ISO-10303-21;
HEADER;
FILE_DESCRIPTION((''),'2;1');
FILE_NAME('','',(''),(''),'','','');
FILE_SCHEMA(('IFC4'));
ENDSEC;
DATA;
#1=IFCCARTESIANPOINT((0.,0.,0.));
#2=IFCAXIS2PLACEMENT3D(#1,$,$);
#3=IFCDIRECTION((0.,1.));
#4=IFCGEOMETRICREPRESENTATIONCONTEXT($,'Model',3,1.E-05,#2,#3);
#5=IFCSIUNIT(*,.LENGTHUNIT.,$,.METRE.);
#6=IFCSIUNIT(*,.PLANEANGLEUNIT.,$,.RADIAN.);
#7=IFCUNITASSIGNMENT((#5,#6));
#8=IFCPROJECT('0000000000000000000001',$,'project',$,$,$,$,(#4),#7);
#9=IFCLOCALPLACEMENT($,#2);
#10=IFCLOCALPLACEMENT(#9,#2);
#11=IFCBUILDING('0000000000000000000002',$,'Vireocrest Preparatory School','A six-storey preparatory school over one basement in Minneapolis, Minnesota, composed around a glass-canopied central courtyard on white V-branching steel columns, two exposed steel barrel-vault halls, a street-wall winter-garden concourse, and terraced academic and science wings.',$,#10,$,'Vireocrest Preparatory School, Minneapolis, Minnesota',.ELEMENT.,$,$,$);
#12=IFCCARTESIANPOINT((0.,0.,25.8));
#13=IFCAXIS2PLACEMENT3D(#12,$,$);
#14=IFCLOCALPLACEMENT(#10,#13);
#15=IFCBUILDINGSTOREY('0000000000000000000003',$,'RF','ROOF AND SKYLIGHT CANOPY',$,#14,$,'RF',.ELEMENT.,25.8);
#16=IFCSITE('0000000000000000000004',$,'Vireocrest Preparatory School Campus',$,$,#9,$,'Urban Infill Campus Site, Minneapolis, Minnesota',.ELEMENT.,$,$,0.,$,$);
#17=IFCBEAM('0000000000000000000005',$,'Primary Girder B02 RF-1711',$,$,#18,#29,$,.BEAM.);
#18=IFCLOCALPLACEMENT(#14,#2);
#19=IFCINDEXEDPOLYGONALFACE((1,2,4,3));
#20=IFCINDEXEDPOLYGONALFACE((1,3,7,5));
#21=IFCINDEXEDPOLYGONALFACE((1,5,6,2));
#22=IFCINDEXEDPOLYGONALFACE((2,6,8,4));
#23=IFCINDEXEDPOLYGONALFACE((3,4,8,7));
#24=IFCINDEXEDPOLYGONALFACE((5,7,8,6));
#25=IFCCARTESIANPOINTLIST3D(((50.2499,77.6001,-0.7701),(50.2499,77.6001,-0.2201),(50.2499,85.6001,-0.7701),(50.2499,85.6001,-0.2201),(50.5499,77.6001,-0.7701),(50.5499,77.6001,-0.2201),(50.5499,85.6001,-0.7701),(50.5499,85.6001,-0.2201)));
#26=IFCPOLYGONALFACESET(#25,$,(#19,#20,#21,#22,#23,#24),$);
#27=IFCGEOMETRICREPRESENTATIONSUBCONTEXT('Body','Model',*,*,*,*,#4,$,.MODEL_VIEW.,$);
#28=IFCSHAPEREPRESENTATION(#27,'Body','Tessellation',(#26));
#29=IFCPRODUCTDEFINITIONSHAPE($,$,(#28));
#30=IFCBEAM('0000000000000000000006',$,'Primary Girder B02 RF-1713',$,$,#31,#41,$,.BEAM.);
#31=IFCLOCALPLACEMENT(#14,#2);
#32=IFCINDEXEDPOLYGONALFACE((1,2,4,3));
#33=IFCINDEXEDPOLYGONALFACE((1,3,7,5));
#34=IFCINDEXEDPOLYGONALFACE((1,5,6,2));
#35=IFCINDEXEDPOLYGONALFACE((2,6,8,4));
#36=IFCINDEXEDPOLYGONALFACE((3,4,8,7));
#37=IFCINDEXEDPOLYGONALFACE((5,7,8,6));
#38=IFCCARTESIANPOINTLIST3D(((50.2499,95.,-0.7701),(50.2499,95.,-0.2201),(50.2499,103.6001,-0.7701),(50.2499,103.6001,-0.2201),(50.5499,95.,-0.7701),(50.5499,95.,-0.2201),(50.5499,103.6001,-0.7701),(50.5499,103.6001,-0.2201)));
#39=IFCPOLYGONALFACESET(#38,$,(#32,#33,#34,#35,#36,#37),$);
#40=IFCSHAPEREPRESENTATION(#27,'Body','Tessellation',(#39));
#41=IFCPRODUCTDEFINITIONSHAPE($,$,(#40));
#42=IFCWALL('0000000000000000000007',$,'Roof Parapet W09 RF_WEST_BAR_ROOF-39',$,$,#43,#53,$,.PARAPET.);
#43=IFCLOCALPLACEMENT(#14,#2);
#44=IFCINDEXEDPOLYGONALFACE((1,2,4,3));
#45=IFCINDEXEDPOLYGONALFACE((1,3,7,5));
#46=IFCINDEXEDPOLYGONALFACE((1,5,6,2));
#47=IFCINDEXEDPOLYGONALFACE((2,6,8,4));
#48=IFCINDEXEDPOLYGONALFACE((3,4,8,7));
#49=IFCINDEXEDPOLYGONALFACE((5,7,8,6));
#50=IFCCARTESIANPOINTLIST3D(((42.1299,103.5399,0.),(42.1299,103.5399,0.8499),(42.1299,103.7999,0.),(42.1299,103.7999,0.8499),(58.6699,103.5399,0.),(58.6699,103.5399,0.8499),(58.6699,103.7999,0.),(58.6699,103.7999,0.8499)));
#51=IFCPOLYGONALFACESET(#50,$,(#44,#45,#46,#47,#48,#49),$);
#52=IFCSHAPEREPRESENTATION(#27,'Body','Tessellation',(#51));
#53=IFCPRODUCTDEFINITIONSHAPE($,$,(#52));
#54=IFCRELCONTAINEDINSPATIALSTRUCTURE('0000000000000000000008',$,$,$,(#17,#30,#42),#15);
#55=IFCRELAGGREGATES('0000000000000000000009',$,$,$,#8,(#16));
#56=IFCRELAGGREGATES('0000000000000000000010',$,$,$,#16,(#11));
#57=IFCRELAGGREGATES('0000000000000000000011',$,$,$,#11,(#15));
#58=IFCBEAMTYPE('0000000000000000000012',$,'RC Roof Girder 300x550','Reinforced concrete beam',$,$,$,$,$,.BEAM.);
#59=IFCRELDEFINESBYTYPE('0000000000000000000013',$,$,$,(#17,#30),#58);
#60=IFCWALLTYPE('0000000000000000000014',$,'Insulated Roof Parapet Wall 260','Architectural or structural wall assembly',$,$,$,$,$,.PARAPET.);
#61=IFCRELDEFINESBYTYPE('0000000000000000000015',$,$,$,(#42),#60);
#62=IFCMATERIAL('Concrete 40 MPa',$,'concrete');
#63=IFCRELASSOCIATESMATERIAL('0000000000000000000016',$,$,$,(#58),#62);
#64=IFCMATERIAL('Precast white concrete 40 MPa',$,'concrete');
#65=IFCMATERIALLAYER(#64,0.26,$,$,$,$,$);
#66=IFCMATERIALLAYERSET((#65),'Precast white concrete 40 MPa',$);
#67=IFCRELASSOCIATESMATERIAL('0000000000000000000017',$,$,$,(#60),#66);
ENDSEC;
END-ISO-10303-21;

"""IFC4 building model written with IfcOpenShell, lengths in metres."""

from ifc_helpers import new_model, si_unit, direction, frame, frame_2d, origin, origin_2d, place, context, subcontext, project, spatial, rectangle, extrude, material, layer, layer_set, material_profile, profile_set, type_object, element, save


model = new_model("IFC4")

# Units and contexts
model_context = context("Model", 3, precision=1e-05, world=origin(), true_north=direction((0.0, 1.0)))
body_context = subcontext(model_context, "Body", "Model", "MODEL_VIEW")
ifc_project = project(units=[si_unit("LENGTHUNIT", "METRE"), si_unit("PLANEANGLEUNIT", "RADIAN")], contexts=[model_context])

# Site, building, storey
site_placement = place(None, origin())
site = spatial("IfcSite", under=ifc_project, at=site_placement, Name="Vireocrest Preparatory School Campus", LongName="Urban Infill Campus Site, Minneapolis, Minnesota", CompositionType="ELEMENT", RefElevation=0.0)
building_placement = place(site_placement, origin())
building = spatial("IfcBuilding", under=site, at=building_placement, Name="Vireocrest Preparatory School", Description="A six-storey preparatory school over one basement in Minneapolis, Minnesota, composed around a glass-canopied central courtyard on white V-branching steel columns, two exposed steel barrel-vault halls, a street-wall winter-garden concourse, and terraced academic and science wings.", LongName="Vireocrest Preparatory School, Minneapolis, Minnesota", CompositionType="ELEMENT")
storey_placement = place(building_placement, frame((0.0, 0.0, 25.8)))
storey = spatial("IfcBuildingStorey", under=building, at=storey_placement, Name="RF", Description="ROOF AND SKYLIGHT CANOPY", LongName="RF", CompositionType="ELEMENT", Elevation=25.8)

# Beams
ifc_material_1 = material(Name="Concrete 40 MPa", Category="concrete")
ifc_material_profile_1 = material_profile(ifc_material_1, rectangle(XDim=0.3, YDim=0.55, at=origin_2d()), Name="RC 300x550")
ifc_profile_set_1 = profile_set([ifc_material_profile_1], Name="Concrete 40 MPa")
beam_type_1 = type_object("IfcBeamType", Name="RC Roof Girder 300x550", Description="Reinforced concrete beam", PredefinedType="BEAM", material=ifc_profile_set_1)
beam_1_placement = place(storey_placement, frame((50.3999, 77.6001, -0.4951), z_axis=(0.0, 1.0, 0.0), x_axis=(-1.0, 0.0, 0.0)))
element("IfcBeam", 1, at=beam_1_placement, inside=storey, type_object=beam_type_1, Name="Primary Girder B02 RF-1711", PredefinedType="BEAM", context=body_context, shape_type="SweptSolid", body=[
    extrude(rectangle(XDim=0.3, YDim=0.55, at=origin_2d()), origin(), (0.0, 0.0, 1.0), 8.0),
])
beam_2_placement = place(storey_placement, frame((50.3999, 95.0, -0.4951), z_axis=(0.0, 1.0, 0.0), x_axis=(-1.0, 0.0, 0.0)))
element("IfcBeam", 2, at=beam_2_placement, inside=storey, type_object=beam_type_1, Name="Primary Girder B02 RF-1713", PredefinedType="BEAM", context=body_context, shape_type="SweptSolid", body=[
    extrude(rectangle(XDim=0.3, YDim=0.55, at=origin_2d()), origin(), (0.0, 0.0, 1.0), 8.6001),
])

# Wall
ifc_material_2 = material(Name="Precast white concrete 40 MPa", Category="concrete")
ifc_layer = layer(ifc_material_2, 0.26)
ifc_layer_set = layer_set([ifc_layer], Name="Precast white concrete 40 MPa")
wall_type = type_object("IfcWallType", Name="Insulated Roof Parapet Wall 260", Description="Architectural or structural wall assembly", PredefinedType="PARAPET", material=ifc_layer_set)
wall_placement = place(storey_placement, frame((42.1299, 103.6699, 0.0), z_axis=(0.0, 0.0, 1.0), x_axis=(1.0, 0.0, 0.0)))
element("IfcWall", 3, at=wall_placement, inside=storey, type_object=wall_type, Name="Roof Parapet W09 RF_WEST_BAR_ROOF-39", PredefinedType="PARAPET", context=body_context, shape_type="SweptSolid", body=[
    extrude(rectangle(XDim=16.54, YDim=0.26, at=frame_2d((8.27, 0.0))), origin(), (0.0, 0.0, 1.0), 0.8499),
])

save(model, "model.ifc")
